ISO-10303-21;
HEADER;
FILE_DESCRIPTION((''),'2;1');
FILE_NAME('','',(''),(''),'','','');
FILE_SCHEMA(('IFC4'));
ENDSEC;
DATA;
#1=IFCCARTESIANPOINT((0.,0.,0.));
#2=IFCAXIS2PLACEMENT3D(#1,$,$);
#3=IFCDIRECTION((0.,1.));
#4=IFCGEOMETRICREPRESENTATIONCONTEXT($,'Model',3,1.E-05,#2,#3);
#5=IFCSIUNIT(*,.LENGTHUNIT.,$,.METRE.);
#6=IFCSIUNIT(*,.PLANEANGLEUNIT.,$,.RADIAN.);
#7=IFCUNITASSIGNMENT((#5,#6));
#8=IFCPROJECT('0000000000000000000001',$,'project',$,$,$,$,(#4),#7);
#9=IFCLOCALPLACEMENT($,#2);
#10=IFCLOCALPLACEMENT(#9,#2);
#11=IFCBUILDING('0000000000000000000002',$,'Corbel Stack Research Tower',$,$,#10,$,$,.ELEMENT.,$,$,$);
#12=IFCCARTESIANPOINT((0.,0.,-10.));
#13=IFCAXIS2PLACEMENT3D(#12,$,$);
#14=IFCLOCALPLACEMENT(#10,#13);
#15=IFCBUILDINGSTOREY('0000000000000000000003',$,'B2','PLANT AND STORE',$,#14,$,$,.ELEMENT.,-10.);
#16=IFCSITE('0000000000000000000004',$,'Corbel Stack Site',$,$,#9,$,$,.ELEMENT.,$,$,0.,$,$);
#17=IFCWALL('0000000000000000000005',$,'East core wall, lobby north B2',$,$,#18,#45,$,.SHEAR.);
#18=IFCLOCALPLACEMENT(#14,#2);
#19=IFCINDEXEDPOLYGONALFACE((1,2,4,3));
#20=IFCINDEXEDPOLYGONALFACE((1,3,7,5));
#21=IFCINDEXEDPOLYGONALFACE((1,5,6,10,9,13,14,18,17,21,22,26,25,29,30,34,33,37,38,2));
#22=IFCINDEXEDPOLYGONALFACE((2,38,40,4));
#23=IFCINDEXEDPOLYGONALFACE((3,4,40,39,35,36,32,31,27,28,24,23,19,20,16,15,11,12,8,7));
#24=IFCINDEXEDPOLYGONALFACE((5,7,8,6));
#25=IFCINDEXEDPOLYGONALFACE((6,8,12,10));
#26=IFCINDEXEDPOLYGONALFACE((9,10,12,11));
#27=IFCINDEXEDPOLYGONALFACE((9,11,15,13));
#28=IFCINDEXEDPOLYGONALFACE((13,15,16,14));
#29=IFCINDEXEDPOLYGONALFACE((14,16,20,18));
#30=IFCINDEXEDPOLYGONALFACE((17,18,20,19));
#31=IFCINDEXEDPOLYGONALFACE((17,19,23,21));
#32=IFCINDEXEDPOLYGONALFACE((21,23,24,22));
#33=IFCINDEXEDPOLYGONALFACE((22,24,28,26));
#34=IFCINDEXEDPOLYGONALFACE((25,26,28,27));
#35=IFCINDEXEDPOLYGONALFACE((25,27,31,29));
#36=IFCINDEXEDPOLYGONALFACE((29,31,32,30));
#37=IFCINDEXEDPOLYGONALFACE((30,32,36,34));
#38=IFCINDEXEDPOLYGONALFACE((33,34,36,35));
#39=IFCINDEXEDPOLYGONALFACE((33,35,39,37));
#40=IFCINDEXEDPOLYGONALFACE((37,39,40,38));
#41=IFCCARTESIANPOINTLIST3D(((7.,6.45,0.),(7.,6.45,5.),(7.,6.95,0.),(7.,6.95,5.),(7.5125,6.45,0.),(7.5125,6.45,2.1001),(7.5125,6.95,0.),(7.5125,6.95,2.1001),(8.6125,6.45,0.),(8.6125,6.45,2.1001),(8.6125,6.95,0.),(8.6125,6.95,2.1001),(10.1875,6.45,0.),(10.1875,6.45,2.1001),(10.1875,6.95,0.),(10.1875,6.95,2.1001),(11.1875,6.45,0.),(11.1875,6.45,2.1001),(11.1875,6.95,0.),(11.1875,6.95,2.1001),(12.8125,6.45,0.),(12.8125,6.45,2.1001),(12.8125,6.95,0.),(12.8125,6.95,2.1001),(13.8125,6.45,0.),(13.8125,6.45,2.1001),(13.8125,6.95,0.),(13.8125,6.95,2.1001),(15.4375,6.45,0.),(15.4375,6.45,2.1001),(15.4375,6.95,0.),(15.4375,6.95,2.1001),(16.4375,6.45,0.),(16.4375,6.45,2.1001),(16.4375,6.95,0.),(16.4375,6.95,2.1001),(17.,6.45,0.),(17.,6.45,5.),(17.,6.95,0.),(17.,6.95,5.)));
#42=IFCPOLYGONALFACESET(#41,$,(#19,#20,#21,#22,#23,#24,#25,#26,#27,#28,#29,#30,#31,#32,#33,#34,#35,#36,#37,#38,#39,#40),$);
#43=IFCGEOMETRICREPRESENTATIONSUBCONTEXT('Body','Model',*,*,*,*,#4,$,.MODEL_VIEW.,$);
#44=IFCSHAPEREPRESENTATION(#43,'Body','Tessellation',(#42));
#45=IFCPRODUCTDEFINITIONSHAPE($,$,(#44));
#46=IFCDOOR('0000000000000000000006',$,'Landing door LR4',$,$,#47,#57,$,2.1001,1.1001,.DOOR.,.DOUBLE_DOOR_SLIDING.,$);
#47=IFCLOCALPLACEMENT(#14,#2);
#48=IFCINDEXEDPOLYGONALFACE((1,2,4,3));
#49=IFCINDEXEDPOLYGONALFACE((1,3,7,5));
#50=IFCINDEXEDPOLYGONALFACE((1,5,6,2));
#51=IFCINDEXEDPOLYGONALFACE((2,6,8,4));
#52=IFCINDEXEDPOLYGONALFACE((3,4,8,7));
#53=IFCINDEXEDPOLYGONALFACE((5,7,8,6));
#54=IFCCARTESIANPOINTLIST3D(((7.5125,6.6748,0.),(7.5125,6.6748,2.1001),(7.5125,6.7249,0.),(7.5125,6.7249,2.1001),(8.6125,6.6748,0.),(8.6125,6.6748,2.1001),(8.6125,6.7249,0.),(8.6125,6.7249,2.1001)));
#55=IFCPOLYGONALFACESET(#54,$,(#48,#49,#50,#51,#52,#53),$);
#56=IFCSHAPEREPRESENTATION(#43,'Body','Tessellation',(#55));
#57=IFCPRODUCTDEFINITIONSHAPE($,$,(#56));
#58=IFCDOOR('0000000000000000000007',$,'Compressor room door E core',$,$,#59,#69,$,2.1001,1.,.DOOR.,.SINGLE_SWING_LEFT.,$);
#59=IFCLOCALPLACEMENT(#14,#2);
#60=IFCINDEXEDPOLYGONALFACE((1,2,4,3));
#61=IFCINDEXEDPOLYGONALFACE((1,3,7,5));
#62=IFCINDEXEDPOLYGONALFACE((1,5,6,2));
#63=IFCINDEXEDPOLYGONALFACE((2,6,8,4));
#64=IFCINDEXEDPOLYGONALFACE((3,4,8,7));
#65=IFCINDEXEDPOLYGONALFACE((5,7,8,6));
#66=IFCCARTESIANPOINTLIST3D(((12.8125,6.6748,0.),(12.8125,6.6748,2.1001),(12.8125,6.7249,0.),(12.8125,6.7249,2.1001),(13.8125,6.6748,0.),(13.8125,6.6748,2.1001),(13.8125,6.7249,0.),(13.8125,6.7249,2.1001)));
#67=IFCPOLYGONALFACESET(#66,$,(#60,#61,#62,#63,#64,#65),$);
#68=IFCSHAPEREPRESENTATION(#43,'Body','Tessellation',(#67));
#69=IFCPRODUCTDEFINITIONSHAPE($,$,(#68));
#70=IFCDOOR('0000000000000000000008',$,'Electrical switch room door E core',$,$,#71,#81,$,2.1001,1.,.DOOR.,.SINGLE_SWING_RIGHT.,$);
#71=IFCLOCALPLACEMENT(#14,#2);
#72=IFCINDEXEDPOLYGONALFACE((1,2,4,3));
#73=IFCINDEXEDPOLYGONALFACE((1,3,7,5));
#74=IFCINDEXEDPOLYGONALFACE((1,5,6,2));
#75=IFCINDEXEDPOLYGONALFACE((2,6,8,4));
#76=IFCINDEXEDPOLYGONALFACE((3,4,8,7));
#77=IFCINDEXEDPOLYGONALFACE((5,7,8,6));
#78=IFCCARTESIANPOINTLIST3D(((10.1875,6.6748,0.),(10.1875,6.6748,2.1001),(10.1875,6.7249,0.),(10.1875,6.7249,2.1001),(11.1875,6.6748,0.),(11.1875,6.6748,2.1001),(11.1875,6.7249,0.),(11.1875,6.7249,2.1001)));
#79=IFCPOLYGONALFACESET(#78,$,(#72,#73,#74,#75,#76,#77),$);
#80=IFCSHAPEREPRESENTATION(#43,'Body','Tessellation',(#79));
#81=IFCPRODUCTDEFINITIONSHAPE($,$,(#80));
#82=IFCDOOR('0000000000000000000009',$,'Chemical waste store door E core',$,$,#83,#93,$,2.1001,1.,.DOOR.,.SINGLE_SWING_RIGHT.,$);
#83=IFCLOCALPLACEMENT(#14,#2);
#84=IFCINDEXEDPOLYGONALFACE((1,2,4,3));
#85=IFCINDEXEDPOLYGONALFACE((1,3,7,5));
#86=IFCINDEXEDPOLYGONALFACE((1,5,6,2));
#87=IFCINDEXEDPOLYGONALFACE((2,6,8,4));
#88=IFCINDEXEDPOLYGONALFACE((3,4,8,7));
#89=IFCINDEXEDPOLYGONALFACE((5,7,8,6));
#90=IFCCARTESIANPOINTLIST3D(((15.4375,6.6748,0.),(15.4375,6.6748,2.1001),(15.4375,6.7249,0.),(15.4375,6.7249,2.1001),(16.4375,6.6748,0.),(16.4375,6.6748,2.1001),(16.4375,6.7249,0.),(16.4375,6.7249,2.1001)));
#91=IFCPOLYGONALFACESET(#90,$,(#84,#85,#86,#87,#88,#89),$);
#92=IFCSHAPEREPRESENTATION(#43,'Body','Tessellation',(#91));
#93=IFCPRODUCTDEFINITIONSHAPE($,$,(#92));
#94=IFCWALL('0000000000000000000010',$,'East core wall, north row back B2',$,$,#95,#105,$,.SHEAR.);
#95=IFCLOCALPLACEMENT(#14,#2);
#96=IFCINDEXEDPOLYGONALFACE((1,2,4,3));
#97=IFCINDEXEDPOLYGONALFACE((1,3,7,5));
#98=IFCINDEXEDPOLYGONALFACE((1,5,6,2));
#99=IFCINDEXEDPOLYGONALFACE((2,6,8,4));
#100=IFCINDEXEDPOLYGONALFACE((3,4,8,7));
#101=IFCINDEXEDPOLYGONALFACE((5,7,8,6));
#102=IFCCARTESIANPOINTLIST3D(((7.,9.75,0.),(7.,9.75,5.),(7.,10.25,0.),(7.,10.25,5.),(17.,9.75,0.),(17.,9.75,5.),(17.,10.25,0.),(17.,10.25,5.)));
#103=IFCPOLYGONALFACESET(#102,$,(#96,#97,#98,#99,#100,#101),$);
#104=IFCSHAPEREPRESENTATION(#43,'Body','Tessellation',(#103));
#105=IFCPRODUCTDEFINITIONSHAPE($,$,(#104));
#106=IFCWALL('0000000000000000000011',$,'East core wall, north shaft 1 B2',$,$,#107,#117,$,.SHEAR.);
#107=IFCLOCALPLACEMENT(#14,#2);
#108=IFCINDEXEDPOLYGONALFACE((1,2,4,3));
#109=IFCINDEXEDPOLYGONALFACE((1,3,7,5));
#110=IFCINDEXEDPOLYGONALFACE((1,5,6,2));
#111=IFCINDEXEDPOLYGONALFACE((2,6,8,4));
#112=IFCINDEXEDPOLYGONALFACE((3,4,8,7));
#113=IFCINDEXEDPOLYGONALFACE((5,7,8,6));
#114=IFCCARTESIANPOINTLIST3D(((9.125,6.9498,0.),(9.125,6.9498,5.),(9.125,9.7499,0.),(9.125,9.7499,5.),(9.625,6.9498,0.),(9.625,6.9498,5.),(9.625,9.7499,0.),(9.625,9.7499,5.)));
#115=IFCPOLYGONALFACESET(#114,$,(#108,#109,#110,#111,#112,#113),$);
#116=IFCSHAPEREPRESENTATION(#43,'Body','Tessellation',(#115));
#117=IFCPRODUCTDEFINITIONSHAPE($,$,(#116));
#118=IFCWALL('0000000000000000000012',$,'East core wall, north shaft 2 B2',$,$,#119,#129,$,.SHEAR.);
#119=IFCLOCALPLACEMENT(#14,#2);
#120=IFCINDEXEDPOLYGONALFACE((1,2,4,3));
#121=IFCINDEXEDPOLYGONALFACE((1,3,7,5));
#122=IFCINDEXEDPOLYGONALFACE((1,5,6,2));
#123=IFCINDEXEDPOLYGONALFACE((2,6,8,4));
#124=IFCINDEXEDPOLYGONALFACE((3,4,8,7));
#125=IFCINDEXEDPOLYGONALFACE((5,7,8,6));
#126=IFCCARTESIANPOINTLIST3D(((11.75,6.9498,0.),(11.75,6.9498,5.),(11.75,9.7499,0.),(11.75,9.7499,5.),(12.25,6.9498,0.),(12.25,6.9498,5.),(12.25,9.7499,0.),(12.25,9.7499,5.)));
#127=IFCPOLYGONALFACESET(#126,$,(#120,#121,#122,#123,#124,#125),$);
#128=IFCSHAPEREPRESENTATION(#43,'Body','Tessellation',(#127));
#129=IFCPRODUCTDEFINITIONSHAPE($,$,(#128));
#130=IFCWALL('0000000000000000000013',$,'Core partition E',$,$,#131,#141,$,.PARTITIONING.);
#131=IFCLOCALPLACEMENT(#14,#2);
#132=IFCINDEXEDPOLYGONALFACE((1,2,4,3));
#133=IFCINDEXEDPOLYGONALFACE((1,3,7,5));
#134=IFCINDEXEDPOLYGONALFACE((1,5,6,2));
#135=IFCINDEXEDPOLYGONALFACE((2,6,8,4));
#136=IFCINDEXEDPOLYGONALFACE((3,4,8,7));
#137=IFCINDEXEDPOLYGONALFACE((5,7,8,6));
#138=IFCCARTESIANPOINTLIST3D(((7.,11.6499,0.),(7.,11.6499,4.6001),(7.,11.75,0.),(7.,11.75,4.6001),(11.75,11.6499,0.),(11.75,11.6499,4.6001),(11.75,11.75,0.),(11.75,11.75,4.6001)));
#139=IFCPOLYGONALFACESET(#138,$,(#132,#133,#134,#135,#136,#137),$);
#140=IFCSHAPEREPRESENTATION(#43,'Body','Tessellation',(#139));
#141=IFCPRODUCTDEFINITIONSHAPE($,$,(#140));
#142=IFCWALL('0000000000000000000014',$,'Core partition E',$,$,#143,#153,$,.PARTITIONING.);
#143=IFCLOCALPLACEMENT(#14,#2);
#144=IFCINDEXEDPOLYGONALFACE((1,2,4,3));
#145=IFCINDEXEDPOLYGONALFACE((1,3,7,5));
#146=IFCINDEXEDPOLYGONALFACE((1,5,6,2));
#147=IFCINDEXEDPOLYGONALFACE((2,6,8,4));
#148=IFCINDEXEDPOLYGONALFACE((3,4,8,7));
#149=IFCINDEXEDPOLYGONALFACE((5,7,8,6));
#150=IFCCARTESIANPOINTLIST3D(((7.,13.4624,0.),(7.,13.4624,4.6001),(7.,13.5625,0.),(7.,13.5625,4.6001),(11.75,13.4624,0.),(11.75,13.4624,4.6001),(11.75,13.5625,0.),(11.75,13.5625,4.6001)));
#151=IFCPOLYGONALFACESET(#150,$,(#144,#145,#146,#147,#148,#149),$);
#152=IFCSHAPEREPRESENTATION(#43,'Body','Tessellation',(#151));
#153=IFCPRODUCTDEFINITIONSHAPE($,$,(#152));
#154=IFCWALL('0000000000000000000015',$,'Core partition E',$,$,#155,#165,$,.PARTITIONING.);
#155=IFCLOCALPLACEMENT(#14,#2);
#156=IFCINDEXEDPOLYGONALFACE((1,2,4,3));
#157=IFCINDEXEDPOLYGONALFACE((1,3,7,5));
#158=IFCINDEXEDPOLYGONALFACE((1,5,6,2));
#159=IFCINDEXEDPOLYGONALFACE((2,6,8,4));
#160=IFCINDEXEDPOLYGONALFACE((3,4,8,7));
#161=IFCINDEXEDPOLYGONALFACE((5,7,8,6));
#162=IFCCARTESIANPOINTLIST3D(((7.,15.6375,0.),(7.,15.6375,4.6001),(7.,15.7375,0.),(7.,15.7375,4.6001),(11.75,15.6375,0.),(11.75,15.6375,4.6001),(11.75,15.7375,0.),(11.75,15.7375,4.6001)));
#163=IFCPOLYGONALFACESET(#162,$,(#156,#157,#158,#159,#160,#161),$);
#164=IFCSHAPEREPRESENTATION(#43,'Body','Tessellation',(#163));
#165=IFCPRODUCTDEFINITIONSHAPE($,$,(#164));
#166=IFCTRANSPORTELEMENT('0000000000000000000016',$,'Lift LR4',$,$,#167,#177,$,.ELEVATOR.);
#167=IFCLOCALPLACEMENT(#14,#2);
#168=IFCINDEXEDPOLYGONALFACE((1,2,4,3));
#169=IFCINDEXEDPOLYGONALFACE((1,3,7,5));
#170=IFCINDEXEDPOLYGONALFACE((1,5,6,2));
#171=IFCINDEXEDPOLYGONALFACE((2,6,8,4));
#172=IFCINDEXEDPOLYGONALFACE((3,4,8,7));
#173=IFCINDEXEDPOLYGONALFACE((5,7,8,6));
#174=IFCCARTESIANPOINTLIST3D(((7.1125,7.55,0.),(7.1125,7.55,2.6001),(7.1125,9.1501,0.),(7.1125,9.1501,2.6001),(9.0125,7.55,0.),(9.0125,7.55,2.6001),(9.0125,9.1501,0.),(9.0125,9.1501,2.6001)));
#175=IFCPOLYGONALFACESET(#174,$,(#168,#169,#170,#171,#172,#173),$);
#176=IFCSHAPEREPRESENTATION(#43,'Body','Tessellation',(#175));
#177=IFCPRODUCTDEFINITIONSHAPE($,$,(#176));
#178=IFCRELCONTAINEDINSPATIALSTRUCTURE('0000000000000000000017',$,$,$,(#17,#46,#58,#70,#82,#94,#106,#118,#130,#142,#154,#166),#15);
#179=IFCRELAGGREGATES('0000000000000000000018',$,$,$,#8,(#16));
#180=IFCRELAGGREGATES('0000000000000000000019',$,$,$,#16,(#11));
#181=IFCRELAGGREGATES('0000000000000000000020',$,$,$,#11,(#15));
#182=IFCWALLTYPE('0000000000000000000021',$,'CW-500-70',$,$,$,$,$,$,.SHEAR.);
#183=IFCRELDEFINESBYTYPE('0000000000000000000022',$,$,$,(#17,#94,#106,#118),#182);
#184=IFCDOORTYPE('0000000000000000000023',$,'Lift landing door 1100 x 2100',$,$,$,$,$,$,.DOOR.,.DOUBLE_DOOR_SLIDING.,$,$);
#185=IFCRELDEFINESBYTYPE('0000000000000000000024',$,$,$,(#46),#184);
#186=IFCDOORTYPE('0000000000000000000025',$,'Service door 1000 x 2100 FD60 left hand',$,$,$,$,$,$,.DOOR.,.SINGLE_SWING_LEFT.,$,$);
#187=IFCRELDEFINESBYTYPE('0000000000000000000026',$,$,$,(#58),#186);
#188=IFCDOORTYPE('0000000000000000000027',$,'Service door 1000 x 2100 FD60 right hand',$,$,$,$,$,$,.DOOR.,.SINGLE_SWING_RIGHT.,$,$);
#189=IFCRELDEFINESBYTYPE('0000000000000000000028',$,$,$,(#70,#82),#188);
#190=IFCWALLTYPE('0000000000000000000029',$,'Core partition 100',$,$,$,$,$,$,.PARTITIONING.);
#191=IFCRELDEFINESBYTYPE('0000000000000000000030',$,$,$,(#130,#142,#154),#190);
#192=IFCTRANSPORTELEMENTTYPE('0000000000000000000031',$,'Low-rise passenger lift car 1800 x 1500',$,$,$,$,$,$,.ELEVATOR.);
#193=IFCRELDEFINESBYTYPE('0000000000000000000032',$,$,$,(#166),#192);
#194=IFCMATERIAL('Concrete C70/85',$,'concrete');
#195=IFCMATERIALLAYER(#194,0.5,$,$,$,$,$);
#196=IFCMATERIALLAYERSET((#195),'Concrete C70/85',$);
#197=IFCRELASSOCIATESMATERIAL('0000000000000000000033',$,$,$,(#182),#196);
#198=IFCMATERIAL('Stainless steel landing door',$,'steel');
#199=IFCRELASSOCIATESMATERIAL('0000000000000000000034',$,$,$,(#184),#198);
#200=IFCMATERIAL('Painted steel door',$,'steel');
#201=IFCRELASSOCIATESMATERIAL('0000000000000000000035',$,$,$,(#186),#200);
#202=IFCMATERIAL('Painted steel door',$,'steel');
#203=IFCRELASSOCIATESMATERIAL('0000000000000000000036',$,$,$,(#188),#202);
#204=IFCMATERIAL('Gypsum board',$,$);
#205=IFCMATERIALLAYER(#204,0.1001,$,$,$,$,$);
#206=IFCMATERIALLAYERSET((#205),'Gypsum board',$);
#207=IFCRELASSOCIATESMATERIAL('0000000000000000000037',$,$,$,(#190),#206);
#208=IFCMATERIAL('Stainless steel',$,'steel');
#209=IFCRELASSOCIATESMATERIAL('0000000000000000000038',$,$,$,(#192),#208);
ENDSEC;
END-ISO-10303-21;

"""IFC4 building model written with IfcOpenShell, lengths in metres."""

from ifc_helpers import new_model, si_unit, direction, frame, frame_2d, origin, origin_2d, place, context, subcontext, project, spatial, rectangle, extrude, material, layer, layer_set, type_object, element, fill, save


model = new_model("IFC4")

# Units and contexts
model_context = context("Model", 3, precision=1e-05, world=origin(), true_north=direction((0.0, 1.0)))
body_context = subcontext(model_context, "Body", "Model", "MODEL_VIEW")
ifc_project = project(units=[si_unit("LENGTHUNIT", "METRE"), si_unit("PLANEANGLEUNIT", "RADIAN")], contexts=[model_context])

# Site, building, storey
site_placement = place(None, origin())
site = spatial("IfcSite", under=ifc_project, at=site_placement, Name="Corbel Stack Site", CompositionType="ELEMENT", RefElevation=0.0)
building_placement = place(site_placement, origin())
building = spatial("IfcBuilding", under=site, at=building_placement, Name="Corbel Stack Research Tower", CompositionType="ELEMENT")
storey_placement = place(building_placement, frame((0.0, 0.0, -10.0)))
storey = spatial("IfcBuildingStorey", under=building, at=storey_placement, Name="B2", Description="PLANT AND STORE", CompositionType="ELEMENT", Elevation=-10.0)

# Wall, openings, doors
ifc_material_1 = material(Name="Concrete C70/85", Category="concrete")
ifc_layer_1 = layer(ifc_material_1, 0.5)
ifc_layer_set_1 = layer_set([ifc_layer_1], Name="Concrete C70/85")
wall_type_1 = type_object("IfcWallType", Name="CW-500-70", PredefinedType="SHEAR", material=ifc_layer_set_1)
wall_1_placement = place(storey_placement, frame((7.0, 6.7, 0.0), z_axis=(0.0, 0.0, 1.0), x_axis=(1.0, 0.0, 0.0)))
wall_1 = element("IfcWall", 1, at=wall_1_placement, inside=storey, type_object=wall_type_1, Name="East core wall, lobby north B2", PredefinedType="SHEAR", context=body_context, shape_type="SweptSolid", body=[
    extrude(rectangle(XDim=10.0, YDim=0.5, at=frame_2d((5.0, 0.0))), origin(), (0.0, 0.0, 1.0), 5.0),
])
opening_1_placement = place(wall_1_placement, frame((0.5125, 0.0, 0.0)))
opening_1 = element("IfcOpeningElement", 2, at=opening_1_placement, cuts=wall_1, PredefinedType="OPENING", context=body_context, shape_type="SweptSolid", body=[
    extrude(rectangle(XDim=1.1001, YDim=2.1001, at=frame_2d((0.55, 1.05))), frame((0.0, 0.26, 0.0), z_axis=(0.0, -1.0, 0.0), x_axis=(1.0, 0.0, 0.0)), (0.0, 0.0, 1.0), 0.52),
])
opening_2_placement = place(wall_1_placement, frame((3.1875, 0.0, 0.0)))
opening_2 = element("IfcOpeningElement", 3, at=opening_2_placement, cuts=wall_1, PredefinedType="OPENING", context=body_context, shape_type="SweptSolid", body=[
    extrude(rectangle(XDim=1.0, YDim=2.1001, at=frame_2d((0.5, 1.05))), frame((0.0, 0.26, 0.0), z_axis=(0.0, -1.0, 0.0), x_axis=(1.0, 0.0, 0.0)), (0.0, 0.0, 1.0), 0.52),
])
opening_3_placement = place(wall_1_placement, frame((5.8125, 0.0, 0.0)))
opening_3 = element("IfcOpeningElement", 4, at=opening_3_placement, cuts=wall_1, PredefinedType="OPENING", context=body_context, shape_type="SweptSolid", body=[
    extrude(rectangle(XDim=1.0, YDim=2.1001, at=frame_2d((0.5, 1.05))), frame((0.0, 0.26, 0.0), z_axis=(0.0, -1.0, 0.0), x_axis=(1.0, 0.0, 0.0)), (0.0, 0.0, 1.0), 0.52),
])
opening_4_placement = place(wall_1_placement, frame((8.4375, 0.0, 0.0)))
opening_4 = element("IfcOpeningElement", 5, at=opening_4_placement, cuts=wall_1, PredefinedType="OPENING", context=body_context, shape_type="SweptSolid", body=[
    extrude(rectangle(XDim=1.0, YDim=2.1001, at=frame_2d((0.5, 1.05))), frame((0.0, 0.26, 0.0), z_axis=(0.0, -1.0, 0.0), x_axis=(1.0, 0.0, 0.0)), (0.0, 0.0, 1.0), 0.52),
])
ifc_material_2 = material(Name="Stainless steel landing door", Category="steel")
door_type_1 = type_object("IfcDoorType", Name="Lift landing door 1100 x 2100", OperationType="DOUBLE_DOOR_SLIDING", PredefinedType="DOOR", material=ifc_material_2)
door_1_placement = place(opening_1_placement, origin())
door_1 = element("IfcDoor", 6, at=door_1_placement, inside=storey, type_object=door_type_1, Name="Landing door LR4", OperationType="DOUBLE_DOOR_SLIDING", OverallHeight=2.1001, OverallWidth=1.1001, PredefinedType="DOOR", context=body_context, shape_type="SweptSolid", body=[
    extrude(rectangle(XDim=1.1001, YDim=2.1001, at=frame_2d((0.55, 1.05))), frame((0.0, 0.0249, 0.0), z_axis=(0.0, -1.0, 0.0), x_axis=(1.0, 0.0, 0.0)), (0.0, 0.0, 1.0), 0.05),
])
fill(opening_1, door_1)
ifc_material_3 = material(Name="Painted steel door", Category="steel")
door_type_2 = type_object("IfcDoorType", Name="Service door 1000 x 2100 FD60 left hand", OperationType="SINGLE_SWING_LEFT", PredefinedType="DOOR", material=ifc_material_3)
door_2_placement = place(opening_3_placement, origin())
door_2 = element("IfcDoor", 7, at=door_2_placement, inside=storey, type_object=door_type_2, Name="Compressor room door E core", OperationType="SINGLE_SWING_LEFT", OverallHeight=2.1001, OverallWidth=1.0, PredefinedType="DOOR", context=body_context, shape_type="SweptSolid", body=[
    extrude(rectangle(XDim=1.0, YDim=2.1001, at=frame_2d((0.5, 1.05))), frame((0.0, 0.0249, 0.0), z_axis=(0.0, -1.0, 0.0), x_axis=(1.0, 0.0, 0.0)), (0.0, 0.0, 1.0), 0.05),
])
fill(opening_3, door_2)
ifc_material_4 = material(Name="Painted steel door", Category="steel")
door_type_3 = type_object("IfcDoorType", Name="Service door 1000 x 2100 FD60 right hand", OperationType="SINGLE_SWING_RIGHT", PredefinedType="DOOR", material=ifc_material_4)
door_3_placement = place(opening_2_placement, origin())
door_3 = element("IfcDoor", 8, at=door_3_placement, inside=storey, type_object=door_type_3, Name="Electrical switch room door E core", OperationType="SINGLE_SWING_RIGHT", OverallHeight=2.1001, OverallWidth=1.0, PredefinedType="DOOR", context=body_context, shape_type="SweptSolid", body=[
    extrude(rectangle(XDim=1.0, YDim=2.1001, at=frame_2d((0.5, 1.05))), frame((0.0, 0.0249, 0.0), z_axis=(0.0, -1.0, 0.0), x_axis=(1.0, 0.0, 0.0)), (0.0, 0.0, 1.0), 0.05),
])
fill(opening_2, door_3)
door_4_placement = place(opening_4_placement, origin())
door_4 = element("IfcDoor", 9, at=door_4_placement, inside=storey, type_object=door_type_3, Name="Chemical waste store door E core", OperationType="SINGLE_SWING_RIGHT", OverallHeight=2.1001, OverallWidth=1.0, PredefinedType="DOOR", context=body_context, shape_type="SweptSolid", body=[
    extrude(rectangle(XDim=1.0, YDim=2.1001, at=frame_2d((0.5, 1.05))), frame((0.0, 0.0249, 0.0), z_axis=(0.0, -1.0, 0.0), x_axis=(1.0, 0.0, 0.0)), (0.0, 0.0, 1.0), 0.05),
])
fill(opening_4, door_4)

# Walls
wall_2_placement = place(storey_placement, frame((7.0, 10.0, 0.0), z_axis=(0.0, 0.0, 1.0), x_axis=(1.0, 0.0, 0.0)))
element("IfcWall", 10, at=wall_2_placement, inside=storey, type_object=wall_type_1, Name="East core wall, north row back B2", PredefinedType="SHEAR", context=body_context, shape_type="SweptSolid", body=[
    extrude(rectangle(XDim=10.0, YDim=0.5, at=frame_2d((5.0, 0.0))), origin(), (0.0, 0.0, 1.0), 5.0),
])
for number, where, z_axis, x_axis, name in (
    (11, (9.375, 6.95, 0.0), (0.0, 0.0, 1.0), (0.0, 1.0, 0.0), "East core wall, north shaft 1 B2"),
    (12, (12.0, 6.95, 0.0), (0.0, 0.0, 1.0), (0.0, 1.0, 0.0), "East core wall, north shaft 2 B2"),
):
    element("IfcWall", number, at=place(storey_placement, frame(where, z_axis=z_axis, x_axis=x_axis)), inside=storey, type_object=wall_type_1, Name=name, PredefinedType="SHEAR", context=body_context, shape_type="SweptSolid", body=[
        extrude(rectangle(XDim=2.8, YDim=0.5, at=frame_2d((1.3999, 0.0))), origin(), (0.0, 0.0, 1.0), 5.0),
    ])
ifc_material_5 = material(Name="Gypsum board")
ifc_layer_2 = layer(ifc_material_5, 0.1001)
ifc_layer_set_2 = layer_set([ifc_layer_2], Name="Gypsum board")
wall_type_2 = type_object("IfcWallType", Name="Core partition 100", PredefinedType="PARTITIONING", material=ifc_layer_set_2)
for number, where, z_axis, x_axis, name in (
    (13, (7.0, 11.7, 0.0), (0.0, 0.0, 1.0), (1.0, 0.0, 0.0), "Core partition E"),
    (14, (7.0, 13.5125, 0.0), (0.0, 0.0, 1.0), (1.0, 0.0, 0.0), "Core partition E"),
    (15, (7.0, 15.6875, 0.0), (0.0, 0.0, 1.0), (1.0, 0.0, 0.0), "Core partition E"),
):
    element("IfcWall", number, at=place(storey_placement, frame(where, z_axis=z_axis, x_axis=x_axis)), inside=storey, type_object=wall_type_2, Name=name, PredefinedType="PARTITIONING", context=body_context, shape_type="SweptSolid", body=[
        extrude(rectangle(XDim=4.75, YDim=0.1001, at=frame_2d((2.375, 0.0))), origin(), (0.0, 0.0, 1.0), 4.6001),
    ])

# Transport element
ifc_material_6 = material(Name="Stainless steel", Category="steel")
transport_element_type = type_object("IfcTransportElementType", Name="Low-rise passenger lift car 1800 x 1500", PredefinedType="ELEVATOR", material=ifc_material_6)
transport_element_placement = place(storey_placement, frame((8.0625, 8.3501, 0.0), z_axis=(0.0, 0.0, 1.0), x_axis=(1.0, 0.0, 0.0)))
element("IfcTransportElement", 16, at=transport_element_placement, inside=storey, type_object=transport_element_type, Name="Lift LR4", PredefinedType="ELEVATOR", context=body_context, shape_type="SweptSolid", body=[
    extrude(rectangle(XDim=1.8999, YDim=1.6001, at=origin_2d()), origin(), (0.0, 0.0, 1.0), 2.6001),
])

save(model, "model.ifc")
